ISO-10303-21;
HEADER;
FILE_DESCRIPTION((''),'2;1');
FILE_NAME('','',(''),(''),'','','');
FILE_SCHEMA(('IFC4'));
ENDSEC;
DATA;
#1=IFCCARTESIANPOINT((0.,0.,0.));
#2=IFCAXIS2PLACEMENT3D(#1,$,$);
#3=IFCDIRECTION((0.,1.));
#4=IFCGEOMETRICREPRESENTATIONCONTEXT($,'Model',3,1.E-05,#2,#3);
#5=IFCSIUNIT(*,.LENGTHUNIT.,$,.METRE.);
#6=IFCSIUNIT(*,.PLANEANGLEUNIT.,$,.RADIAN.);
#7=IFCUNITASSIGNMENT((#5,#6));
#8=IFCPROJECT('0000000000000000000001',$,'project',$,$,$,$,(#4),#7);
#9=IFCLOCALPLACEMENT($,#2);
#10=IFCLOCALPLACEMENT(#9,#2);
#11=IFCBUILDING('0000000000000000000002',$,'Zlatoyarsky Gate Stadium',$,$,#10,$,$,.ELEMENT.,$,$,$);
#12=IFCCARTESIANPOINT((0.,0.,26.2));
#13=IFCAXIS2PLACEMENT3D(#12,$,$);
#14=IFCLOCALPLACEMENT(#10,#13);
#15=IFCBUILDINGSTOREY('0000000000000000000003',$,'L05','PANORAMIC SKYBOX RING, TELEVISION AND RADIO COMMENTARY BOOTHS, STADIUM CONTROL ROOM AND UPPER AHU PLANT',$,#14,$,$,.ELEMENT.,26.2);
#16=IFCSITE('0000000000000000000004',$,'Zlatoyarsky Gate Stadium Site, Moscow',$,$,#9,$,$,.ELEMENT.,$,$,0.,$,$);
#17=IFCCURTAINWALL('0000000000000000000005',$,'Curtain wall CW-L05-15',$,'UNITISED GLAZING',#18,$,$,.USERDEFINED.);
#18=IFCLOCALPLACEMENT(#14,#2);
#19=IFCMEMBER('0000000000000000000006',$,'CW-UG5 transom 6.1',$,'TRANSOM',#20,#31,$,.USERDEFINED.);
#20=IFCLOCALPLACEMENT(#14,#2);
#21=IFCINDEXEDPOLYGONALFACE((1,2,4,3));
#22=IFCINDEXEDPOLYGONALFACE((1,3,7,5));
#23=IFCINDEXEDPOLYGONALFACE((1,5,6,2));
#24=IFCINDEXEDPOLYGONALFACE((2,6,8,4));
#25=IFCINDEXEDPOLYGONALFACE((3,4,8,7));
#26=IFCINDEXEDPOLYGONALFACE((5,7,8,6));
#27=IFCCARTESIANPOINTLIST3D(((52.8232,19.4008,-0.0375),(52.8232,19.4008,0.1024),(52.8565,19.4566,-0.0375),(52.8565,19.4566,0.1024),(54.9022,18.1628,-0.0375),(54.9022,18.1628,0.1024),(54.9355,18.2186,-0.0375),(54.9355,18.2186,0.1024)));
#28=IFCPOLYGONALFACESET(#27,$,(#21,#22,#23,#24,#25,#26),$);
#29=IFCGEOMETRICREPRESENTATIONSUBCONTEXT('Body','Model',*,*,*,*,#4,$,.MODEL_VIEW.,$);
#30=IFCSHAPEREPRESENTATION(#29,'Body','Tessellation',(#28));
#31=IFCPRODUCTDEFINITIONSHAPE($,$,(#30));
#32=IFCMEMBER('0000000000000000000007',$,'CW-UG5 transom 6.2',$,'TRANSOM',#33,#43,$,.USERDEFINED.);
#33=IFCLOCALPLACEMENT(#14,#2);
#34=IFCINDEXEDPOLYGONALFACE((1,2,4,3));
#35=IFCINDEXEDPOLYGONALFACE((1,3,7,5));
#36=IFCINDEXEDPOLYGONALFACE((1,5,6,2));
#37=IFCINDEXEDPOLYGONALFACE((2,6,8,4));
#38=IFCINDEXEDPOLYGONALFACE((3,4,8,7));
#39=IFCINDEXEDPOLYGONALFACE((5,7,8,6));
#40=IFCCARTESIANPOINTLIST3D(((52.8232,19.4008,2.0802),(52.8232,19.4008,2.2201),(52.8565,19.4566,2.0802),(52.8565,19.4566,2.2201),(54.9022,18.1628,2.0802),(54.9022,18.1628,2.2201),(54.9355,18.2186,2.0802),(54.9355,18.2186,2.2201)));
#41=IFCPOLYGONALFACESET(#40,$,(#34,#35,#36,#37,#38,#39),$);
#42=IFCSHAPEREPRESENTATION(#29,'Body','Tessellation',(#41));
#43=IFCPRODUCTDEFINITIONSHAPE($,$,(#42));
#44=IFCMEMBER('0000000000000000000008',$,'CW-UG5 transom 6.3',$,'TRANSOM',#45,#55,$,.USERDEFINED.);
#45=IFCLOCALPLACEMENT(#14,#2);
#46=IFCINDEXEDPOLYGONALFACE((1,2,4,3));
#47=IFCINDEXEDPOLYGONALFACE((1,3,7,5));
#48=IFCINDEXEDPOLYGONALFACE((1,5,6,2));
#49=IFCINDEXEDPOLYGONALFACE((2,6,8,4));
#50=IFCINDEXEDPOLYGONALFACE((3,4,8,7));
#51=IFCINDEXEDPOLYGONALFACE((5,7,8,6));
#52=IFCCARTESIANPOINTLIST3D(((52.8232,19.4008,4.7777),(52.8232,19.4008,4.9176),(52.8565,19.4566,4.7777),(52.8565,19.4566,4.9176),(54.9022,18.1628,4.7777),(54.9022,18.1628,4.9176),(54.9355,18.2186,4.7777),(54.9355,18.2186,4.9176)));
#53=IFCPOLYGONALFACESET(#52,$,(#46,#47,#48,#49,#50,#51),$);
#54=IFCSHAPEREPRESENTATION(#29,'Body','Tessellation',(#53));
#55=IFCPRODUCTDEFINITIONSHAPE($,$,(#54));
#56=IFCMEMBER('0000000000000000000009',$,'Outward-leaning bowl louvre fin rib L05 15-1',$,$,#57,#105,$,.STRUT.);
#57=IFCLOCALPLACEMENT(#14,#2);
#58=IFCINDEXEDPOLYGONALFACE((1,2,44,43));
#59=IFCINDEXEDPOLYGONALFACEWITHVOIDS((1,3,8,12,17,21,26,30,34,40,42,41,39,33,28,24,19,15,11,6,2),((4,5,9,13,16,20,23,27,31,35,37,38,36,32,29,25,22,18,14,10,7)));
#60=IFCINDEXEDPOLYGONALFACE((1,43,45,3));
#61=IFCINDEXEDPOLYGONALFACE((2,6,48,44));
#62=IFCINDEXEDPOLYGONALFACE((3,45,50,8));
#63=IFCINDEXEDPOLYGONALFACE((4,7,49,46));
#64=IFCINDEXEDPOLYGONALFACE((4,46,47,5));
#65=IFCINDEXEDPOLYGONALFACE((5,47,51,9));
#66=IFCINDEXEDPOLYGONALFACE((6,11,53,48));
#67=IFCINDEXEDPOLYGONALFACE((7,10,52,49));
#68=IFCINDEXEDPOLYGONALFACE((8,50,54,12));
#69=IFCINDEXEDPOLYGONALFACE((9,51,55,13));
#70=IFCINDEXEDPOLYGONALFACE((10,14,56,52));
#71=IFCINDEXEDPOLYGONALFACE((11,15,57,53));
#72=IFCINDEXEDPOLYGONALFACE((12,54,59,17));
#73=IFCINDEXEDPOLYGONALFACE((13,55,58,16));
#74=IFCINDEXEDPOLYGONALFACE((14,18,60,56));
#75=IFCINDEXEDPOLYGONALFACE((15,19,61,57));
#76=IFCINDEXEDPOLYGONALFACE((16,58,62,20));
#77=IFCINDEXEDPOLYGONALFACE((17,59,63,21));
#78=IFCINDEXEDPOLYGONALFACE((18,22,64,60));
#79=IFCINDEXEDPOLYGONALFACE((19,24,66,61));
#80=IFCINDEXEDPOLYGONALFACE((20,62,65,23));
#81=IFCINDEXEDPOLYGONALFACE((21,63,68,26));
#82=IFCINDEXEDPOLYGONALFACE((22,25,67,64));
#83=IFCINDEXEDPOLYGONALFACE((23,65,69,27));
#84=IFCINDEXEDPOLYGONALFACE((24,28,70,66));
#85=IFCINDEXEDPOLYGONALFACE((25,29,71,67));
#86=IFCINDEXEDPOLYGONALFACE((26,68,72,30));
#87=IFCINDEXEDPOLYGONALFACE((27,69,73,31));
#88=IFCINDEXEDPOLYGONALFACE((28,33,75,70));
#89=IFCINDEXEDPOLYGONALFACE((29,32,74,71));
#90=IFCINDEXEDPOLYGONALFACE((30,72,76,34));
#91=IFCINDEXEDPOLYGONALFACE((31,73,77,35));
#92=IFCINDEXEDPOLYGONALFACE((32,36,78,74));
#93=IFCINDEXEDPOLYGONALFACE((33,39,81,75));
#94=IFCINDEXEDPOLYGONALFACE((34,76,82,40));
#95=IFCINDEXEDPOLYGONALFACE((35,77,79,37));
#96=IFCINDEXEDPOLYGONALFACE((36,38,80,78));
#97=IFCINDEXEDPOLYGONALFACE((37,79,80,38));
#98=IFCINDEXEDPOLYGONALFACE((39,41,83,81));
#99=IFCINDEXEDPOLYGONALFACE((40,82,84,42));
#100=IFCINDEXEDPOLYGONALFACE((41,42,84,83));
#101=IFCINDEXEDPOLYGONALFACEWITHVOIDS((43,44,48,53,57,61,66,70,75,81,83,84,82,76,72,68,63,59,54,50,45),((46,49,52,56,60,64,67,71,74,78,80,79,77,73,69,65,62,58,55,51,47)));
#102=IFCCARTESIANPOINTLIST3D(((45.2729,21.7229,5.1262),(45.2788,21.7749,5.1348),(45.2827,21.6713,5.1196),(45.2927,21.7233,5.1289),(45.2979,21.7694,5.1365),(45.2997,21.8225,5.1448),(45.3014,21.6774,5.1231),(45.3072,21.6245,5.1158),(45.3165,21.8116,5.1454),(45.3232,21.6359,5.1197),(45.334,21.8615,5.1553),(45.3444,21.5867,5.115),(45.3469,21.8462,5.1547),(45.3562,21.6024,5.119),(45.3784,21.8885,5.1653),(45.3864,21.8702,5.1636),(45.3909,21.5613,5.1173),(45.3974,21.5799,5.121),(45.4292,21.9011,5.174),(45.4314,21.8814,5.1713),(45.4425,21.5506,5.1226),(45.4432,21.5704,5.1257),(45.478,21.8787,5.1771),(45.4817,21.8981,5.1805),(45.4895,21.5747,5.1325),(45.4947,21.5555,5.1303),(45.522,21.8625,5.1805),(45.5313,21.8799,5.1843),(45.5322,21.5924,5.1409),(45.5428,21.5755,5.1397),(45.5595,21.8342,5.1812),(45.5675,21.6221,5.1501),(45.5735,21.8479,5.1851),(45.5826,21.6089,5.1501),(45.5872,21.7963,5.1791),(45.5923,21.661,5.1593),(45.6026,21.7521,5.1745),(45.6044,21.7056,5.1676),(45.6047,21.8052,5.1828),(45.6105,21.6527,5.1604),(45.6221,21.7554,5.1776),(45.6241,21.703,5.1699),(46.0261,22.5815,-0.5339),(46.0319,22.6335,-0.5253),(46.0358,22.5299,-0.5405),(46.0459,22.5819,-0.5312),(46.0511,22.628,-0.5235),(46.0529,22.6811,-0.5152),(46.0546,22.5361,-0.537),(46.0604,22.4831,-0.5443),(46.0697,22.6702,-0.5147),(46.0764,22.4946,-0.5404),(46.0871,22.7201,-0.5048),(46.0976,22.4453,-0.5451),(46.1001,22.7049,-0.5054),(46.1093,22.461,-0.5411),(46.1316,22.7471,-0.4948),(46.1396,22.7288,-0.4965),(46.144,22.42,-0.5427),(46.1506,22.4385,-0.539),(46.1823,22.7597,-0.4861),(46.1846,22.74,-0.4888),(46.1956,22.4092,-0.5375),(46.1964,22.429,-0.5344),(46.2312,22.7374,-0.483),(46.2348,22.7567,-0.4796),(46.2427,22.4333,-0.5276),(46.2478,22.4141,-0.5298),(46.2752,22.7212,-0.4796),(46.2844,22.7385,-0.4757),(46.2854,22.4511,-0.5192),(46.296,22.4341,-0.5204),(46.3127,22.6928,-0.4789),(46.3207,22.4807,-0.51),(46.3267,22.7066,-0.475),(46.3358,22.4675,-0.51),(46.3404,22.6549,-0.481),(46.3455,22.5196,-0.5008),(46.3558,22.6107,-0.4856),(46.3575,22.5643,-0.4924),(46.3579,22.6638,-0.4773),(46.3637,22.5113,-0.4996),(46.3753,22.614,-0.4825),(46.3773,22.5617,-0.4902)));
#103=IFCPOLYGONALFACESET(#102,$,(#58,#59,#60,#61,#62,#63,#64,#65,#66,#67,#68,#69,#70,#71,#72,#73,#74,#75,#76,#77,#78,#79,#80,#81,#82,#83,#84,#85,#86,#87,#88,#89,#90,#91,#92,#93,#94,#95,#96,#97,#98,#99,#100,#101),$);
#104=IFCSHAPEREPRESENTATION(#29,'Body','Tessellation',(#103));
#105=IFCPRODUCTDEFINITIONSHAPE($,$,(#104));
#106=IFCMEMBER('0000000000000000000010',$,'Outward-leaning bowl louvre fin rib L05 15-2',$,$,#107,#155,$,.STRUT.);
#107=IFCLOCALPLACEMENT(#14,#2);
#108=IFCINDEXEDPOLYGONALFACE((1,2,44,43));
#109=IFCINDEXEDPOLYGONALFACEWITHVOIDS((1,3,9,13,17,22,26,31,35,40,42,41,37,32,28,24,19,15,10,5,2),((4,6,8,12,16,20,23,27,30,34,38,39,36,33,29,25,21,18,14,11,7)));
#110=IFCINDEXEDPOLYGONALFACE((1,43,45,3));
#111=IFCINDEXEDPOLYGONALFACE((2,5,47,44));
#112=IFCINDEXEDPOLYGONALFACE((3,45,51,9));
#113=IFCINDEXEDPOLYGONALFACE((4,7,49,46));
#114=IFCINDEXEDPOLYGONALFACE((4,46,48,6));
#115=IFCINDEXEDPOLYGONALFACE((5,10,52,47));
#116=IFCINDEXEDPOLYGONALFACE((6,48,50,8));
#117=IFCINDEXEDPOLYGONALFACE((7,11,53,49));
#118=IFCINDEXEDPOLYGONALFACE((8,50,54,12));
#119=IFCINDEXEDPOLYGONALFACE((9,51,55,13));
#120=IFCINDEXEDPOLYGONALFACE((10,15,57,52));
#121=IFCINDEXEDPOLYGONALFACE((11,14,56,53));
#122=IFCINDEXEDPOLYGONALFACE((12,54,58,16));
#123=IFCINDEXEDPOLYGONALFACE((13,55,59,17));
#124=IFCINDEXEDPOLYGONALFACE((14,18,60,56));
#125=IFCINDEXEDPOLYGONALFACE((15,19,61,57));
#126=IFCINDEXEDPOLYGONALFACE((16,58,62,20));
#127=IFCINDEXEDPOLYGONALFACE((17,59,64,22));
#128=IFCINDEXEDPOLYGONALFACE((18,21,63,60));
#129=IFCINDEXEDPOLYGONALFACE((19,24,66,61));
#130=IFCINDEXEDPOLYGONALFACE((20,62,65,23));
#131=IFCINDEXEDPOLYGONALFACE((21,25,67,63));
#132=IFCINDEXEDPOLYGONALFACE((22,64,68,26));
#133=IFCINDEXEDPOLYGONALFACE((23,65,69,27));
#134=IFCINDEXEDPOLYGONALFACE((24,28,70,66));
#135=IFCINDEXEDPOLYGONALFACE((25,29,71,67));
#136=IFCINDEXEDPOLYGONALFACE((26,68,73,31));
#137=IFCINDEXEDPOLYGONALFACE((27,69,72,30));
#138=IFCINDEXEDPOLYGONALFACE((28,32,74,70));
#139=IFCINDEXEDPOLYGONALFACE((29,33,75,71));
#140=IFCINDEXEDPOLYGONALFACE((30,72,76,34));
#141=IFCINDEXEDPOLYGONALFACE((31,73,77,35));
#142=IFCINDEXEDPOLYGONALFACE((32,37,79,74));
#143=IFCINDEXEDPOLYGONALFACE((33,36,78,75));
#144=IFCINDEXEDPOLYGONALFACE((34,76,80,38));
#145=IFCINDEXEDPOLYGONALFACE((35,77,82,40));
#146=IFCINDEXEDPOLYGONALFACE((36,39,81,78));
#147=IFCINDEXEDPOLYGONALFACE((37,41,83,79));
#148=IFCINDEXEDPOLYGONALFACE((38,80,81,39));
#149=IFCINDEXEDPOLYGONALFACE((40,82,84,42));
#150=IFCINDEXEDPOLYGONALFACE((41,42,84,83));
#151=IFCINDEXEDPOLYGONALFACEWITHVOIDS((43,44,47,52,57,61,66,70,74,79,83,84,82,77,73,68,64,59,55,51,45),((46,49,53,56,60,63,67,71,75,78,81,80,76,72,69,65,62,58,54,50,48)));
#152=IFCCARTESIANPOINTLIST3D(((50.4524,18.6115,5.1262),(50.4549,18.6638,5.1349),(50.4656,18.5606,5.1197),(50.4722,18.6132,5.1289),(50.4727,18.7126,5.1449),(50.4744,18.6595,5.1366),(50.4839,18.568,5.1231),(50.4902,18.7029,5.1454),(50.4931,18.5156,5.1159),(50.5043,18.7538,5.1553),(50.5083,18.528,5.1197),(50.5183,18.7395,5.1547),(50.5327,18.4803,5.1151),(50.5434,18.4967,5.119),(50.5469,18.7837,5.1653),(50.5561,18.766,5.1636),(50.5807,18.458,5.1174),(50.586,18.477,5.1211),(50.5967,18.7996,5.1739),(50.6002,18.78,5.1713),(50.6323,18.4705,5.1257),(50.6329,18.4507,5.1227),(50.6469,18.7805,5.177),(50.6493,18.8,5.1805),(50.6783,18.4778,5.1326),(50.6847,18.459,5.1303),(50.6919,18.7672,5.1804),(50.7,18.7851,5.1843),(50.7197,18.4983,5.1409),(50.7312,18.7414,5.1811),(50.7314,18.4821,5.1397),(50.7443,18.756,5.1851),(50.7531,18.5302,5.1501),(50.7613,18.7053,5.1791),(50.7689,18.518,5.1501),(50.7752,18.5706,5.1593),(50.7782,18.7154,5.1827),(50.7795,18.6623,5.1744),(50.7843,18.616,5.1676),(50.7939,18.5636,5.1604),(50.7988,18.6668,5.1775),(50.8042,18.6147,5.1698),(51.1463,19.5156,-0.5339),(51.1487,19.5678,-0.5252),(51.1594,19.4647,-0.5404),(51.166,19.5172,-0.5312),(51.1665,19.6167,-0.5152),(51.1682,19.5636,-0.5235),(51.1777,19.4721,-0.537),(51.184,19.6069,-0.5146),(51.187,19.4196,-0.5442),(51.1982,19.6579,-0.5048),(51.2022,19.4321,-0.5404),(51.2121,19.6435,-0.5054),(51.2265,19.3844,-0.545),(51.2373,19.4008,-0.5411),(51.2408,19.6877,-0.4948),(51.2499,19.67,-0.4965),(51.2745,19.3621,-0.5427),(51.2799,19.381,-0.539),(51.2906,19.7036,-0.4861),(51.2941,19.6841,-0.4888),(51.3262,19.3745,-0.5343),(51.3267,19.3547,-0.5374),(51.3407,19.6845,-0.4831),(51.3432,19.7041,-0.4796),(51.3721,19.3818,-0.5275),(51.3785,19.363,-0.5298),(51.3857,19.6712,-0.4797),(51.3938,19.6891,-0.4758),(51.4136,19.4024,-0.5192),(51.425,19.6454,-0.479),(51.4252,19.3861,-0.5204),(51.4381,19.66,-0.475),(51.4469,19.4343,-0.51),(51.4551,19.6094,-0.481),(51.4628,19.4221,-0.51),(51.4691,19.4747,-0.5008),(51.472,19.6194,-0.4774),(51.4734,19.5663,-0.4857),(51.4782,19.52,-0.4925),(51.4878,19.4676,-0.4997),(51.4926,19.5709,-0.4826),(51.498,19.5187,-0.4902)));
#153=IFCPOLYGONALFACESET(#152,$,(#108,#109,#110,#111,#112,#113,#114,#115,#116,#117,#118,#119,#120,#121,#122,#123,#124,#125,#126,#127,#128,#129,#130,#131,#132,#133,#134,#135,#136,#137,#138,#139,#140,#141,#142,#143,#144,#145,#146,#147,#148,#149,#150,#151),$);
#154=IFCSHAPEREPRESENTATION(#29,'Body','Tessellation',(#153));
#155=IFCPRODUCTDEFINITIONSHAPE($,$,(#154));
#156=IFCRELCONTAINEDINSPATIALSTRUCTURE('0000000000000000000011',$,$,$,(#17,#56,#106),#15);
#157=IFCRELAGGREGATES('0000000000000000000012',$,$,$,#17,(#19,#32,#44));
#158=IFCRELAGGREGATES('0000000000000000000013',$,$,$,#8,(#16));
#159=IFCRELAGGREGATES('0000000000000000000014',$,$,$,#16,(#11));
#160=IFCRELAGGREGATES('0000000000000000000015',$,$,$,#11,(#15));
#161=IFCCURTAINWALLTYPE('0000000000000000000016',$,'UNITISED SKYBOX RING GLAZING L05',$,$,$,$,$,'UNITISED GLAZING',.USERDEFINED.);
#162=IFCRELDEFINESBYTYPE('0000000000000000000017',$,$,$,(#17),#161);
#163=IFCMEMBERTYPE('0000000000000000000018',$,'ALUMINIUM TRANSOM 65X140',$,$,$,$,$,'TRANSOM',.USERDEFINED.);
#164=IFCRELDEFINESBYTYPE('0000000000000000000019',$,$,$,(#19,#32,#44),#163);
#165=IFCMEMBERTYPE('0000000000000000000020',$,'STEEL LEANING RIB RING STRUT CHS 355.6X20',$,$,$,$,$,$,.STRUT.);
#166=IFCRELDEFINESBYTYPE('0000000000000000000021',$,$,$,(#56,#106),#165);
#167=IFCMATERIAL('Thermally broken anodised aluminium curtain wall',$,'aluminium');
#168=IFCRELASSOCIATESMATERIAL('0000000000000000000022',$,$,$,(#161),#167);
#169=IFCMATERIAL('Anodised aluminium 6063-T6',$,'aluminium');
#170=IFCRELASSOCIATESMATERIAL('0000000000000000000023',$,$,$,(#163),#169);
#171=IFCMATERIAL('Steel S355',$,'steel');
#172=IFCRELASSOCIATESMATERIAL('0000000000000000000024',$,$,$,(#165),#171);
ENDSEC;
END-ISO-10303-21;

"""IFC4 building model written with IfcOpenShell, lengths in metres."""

from ifc_helpers import new_model, si_unit, direction, frame, origin, origin_2d, place, context, subcontext, project, spatial, rectangle, hollow_circle, extrude, material, material_profile, profile_set, type_object, element, aggregate, save


model = new_model("IFC4")

# Units and contexts
model_context = context("Model", 3, precision=1e-05, world=origin(), true_north=direction((0.0, 1.0)))
body_context = subcontext(model_context, "Body", "Model", "MODEL_VIEW")
ifc_project = project(units=[si_unit("LENGTHUNIT", "METRE"), si_unit("PLANEANGLEUNIT", "RADIAN")], contexts=[model_context])

# Site, building, storey
site_placement = place(None, origin())
site = spatial("IfcSite", under=ifc_project, at=site_placement, Name="Zlatoyarsky Gate Stadium Site, Moscow", CompositionType="ELEMENT", RefElevation=0.0)
building_placement = place(site_placement, origin())
building = spatial("IfcBuilding", under=site, at=building_placement, Name="Zlatoyarsky Gate Stadium", CompositionType="ELEMENT")
storey_placement = place(building_placement, frame((0.0, 0.0, 26.2)))
storey = spatial("IfcBuildingStorey", under=building, at=storey_placement, Name="L05", Description="PANORAMIC SKYBOX RING, TELEVISION AND RADIO COMMENTARY BOOTHS, STADIUM CONTROL ROOM AND UPPER AHU PLANT", CompositionType="ELEMENT", Elevation=26.2)

# Shared definitions
ifc_material_1 = material(Name="Steel S355", Category="steel")

# Curtain wall, members
ifc_material_2 = material(Name="Thermally broken anodised aluminium curtain wall", Category="aluminium")
curtain_wall_type = type_object("IfcCurtainWallType", Name="UNITISED SKYBOX RING GLAZING L05", ElementType="UNITISED GLAZING", PredefinedType="USERDEFINED", material=ifc_material_2)
curtain_wall_placement = place(storey_placement, origin())
curtain_wall = element("IfcCurtainWall", 1, at=curtain_wall_placement, inside=storey, type_object=curtain_wall_type, Name="Curtain wall CW-L05-15", ObjectType="UNITISED GLAZING", PredefinedType="USERDEFINED")
ifc_material_3 = material(Name="Anodised aluminium 6063-T6", Category="aluminium")
ifc_material_profile_1 = material_profile(ifc_material_3, rectangle(XDim=0.0649, YDim=0.1399, at=origin_2d()), Name="ALU 65X140")
ifc_profile_set_1 = profile_set([ifc_material_profile_1], Name="Anodised aluminium 6063-T6")
member_type_1 = type_object("IfcMemberType", Name="ALUMINIUM TRANSOM 65X140", ElementType="TRANSOM", PredefinedType="USERDEFINED", material=ifc_profile_set_1)
member_1_placement = place(storey_placement, frame((52.8398, 19.4287, 0.0325), z_axis=(0.859206, -0.511629, 0.0), x_axis=(0.511629, 0.859206, 0.0)))
member_1 = element("IfcMember", 2, at=member_1_placement, type_object=member_type_1, Name="CW-UG5 transom 6.1", ObjectType="TRANSOM", PredefinedType="USERDEFINED", context=body_context, shape_type="SweptSolid", body=[
    extrude(rectangle(XDim=0.0649, YDim=0.1399, at=origin_2d()), origin(), (0.0, 0.0, 1.0), 2.4197),
])
member_2_placement = place(storey_placement, frame((52.8398, 19.4287, 2.1501), z_axis=(0.859206, -0.511629, 0.0), x_axis=(0.511629, 0.859206, 0.0)))
member_2 = element("IfcMember", 3, at=member_2_placement, type_object=member_type_1, Name="CW-UG5 transom 6.2", ObjectType="TRANSOM", PredefinedType="USERDEFINED", context=body_context, shape_type="SweptSolid", body=[
    extrude(rectangle(XDim=0.0649, YDim=0.1399, at=origin_2d()), origin(), (0.0, 0.0, 1.0), 2.4197),
])
member_3_placement = place(storey_placement, frame((52.8398, 19.4287, 4.8477), z_axis=(0.859206, -0.511629, 0.0), x_axis=(0.511629, 0.859206, 0.0)))
member_3 = element("IfcMember", 4, at=member_3_placement, type_object=member_type_1, Name="CW-UG5 transom 6.3", ObjectType="TRANSOM", PredefinedType="USERDEFINED", context=body_context, shape_type="SweptSolid", body=[
    extrude(rectangle(XDim=0.0649, YDim=0.1399, at=origin_2d()), origin(), (0.0, 0.0, 1.0), 2.4197),
])

# Members
ifc_material_profile_2 = material_profile(ifc_material_1, hollow_circle(Radius=0.1777, WallThickness=0.02, at=origin_2d()), Name="CHS 355.6X20")
ifc_profile_set_2 = profile_set([ifc_material_profile_2], Name="Steel S355")
member_type_2 = type_object("IfcMemberType", Name="STEEL LEANING RIB RING STRUT CHS 355.6X20", PredefinedType="STRUT", material=ifc_profile_set_2)
member_4_placement = place(storey_placement, frame((46.2021, 22.5847, -0.51), z_axis=(-0.130437, -0.148702, 0.980242), x_axis=(0.751768, -0.659427, 0.0)))
element("IfcMember", 5, at=member_4_placement, inside=storey, type_object=member_type_2, Name="Outward-leaning bowl louvre fin rib L05 15-1", PredefinedType="STRUT", context=body_context, shape_type="SweptSolid", body=[
    extrude(hollow_circle(Radius=0.1777, WallThickness=0.02, at=origin_2d()), origin(), (0.0, 0.0, 1.0), 5.7742),
])
member_5_placement = place(storey_placement, frame((51.3218, 19.5303, -0.51), z_axis=(-0.120173, -0.15658, 0.980327), x_axis=(0.793292, -0.608841, 0.0)))
element("IfcMember", 6, at=member_5_placement, inside=storey, type_object=member_type_2, Name="Outward-leaning bowl louvre fin rib L05 15-2", PredefinedType="STRUT", context=body_context, shape_type="SweptSolid", body=[
    extrude(hollow_circle(Radius=0.1777, WallThickness=0.02, at=origin_2d()), origin(), (0.0, 0.0, 1.0), 5.7737),
])

aggregate(curtain_wall, [member_1, member_2, member_3])

save(model, "model.ifc")
